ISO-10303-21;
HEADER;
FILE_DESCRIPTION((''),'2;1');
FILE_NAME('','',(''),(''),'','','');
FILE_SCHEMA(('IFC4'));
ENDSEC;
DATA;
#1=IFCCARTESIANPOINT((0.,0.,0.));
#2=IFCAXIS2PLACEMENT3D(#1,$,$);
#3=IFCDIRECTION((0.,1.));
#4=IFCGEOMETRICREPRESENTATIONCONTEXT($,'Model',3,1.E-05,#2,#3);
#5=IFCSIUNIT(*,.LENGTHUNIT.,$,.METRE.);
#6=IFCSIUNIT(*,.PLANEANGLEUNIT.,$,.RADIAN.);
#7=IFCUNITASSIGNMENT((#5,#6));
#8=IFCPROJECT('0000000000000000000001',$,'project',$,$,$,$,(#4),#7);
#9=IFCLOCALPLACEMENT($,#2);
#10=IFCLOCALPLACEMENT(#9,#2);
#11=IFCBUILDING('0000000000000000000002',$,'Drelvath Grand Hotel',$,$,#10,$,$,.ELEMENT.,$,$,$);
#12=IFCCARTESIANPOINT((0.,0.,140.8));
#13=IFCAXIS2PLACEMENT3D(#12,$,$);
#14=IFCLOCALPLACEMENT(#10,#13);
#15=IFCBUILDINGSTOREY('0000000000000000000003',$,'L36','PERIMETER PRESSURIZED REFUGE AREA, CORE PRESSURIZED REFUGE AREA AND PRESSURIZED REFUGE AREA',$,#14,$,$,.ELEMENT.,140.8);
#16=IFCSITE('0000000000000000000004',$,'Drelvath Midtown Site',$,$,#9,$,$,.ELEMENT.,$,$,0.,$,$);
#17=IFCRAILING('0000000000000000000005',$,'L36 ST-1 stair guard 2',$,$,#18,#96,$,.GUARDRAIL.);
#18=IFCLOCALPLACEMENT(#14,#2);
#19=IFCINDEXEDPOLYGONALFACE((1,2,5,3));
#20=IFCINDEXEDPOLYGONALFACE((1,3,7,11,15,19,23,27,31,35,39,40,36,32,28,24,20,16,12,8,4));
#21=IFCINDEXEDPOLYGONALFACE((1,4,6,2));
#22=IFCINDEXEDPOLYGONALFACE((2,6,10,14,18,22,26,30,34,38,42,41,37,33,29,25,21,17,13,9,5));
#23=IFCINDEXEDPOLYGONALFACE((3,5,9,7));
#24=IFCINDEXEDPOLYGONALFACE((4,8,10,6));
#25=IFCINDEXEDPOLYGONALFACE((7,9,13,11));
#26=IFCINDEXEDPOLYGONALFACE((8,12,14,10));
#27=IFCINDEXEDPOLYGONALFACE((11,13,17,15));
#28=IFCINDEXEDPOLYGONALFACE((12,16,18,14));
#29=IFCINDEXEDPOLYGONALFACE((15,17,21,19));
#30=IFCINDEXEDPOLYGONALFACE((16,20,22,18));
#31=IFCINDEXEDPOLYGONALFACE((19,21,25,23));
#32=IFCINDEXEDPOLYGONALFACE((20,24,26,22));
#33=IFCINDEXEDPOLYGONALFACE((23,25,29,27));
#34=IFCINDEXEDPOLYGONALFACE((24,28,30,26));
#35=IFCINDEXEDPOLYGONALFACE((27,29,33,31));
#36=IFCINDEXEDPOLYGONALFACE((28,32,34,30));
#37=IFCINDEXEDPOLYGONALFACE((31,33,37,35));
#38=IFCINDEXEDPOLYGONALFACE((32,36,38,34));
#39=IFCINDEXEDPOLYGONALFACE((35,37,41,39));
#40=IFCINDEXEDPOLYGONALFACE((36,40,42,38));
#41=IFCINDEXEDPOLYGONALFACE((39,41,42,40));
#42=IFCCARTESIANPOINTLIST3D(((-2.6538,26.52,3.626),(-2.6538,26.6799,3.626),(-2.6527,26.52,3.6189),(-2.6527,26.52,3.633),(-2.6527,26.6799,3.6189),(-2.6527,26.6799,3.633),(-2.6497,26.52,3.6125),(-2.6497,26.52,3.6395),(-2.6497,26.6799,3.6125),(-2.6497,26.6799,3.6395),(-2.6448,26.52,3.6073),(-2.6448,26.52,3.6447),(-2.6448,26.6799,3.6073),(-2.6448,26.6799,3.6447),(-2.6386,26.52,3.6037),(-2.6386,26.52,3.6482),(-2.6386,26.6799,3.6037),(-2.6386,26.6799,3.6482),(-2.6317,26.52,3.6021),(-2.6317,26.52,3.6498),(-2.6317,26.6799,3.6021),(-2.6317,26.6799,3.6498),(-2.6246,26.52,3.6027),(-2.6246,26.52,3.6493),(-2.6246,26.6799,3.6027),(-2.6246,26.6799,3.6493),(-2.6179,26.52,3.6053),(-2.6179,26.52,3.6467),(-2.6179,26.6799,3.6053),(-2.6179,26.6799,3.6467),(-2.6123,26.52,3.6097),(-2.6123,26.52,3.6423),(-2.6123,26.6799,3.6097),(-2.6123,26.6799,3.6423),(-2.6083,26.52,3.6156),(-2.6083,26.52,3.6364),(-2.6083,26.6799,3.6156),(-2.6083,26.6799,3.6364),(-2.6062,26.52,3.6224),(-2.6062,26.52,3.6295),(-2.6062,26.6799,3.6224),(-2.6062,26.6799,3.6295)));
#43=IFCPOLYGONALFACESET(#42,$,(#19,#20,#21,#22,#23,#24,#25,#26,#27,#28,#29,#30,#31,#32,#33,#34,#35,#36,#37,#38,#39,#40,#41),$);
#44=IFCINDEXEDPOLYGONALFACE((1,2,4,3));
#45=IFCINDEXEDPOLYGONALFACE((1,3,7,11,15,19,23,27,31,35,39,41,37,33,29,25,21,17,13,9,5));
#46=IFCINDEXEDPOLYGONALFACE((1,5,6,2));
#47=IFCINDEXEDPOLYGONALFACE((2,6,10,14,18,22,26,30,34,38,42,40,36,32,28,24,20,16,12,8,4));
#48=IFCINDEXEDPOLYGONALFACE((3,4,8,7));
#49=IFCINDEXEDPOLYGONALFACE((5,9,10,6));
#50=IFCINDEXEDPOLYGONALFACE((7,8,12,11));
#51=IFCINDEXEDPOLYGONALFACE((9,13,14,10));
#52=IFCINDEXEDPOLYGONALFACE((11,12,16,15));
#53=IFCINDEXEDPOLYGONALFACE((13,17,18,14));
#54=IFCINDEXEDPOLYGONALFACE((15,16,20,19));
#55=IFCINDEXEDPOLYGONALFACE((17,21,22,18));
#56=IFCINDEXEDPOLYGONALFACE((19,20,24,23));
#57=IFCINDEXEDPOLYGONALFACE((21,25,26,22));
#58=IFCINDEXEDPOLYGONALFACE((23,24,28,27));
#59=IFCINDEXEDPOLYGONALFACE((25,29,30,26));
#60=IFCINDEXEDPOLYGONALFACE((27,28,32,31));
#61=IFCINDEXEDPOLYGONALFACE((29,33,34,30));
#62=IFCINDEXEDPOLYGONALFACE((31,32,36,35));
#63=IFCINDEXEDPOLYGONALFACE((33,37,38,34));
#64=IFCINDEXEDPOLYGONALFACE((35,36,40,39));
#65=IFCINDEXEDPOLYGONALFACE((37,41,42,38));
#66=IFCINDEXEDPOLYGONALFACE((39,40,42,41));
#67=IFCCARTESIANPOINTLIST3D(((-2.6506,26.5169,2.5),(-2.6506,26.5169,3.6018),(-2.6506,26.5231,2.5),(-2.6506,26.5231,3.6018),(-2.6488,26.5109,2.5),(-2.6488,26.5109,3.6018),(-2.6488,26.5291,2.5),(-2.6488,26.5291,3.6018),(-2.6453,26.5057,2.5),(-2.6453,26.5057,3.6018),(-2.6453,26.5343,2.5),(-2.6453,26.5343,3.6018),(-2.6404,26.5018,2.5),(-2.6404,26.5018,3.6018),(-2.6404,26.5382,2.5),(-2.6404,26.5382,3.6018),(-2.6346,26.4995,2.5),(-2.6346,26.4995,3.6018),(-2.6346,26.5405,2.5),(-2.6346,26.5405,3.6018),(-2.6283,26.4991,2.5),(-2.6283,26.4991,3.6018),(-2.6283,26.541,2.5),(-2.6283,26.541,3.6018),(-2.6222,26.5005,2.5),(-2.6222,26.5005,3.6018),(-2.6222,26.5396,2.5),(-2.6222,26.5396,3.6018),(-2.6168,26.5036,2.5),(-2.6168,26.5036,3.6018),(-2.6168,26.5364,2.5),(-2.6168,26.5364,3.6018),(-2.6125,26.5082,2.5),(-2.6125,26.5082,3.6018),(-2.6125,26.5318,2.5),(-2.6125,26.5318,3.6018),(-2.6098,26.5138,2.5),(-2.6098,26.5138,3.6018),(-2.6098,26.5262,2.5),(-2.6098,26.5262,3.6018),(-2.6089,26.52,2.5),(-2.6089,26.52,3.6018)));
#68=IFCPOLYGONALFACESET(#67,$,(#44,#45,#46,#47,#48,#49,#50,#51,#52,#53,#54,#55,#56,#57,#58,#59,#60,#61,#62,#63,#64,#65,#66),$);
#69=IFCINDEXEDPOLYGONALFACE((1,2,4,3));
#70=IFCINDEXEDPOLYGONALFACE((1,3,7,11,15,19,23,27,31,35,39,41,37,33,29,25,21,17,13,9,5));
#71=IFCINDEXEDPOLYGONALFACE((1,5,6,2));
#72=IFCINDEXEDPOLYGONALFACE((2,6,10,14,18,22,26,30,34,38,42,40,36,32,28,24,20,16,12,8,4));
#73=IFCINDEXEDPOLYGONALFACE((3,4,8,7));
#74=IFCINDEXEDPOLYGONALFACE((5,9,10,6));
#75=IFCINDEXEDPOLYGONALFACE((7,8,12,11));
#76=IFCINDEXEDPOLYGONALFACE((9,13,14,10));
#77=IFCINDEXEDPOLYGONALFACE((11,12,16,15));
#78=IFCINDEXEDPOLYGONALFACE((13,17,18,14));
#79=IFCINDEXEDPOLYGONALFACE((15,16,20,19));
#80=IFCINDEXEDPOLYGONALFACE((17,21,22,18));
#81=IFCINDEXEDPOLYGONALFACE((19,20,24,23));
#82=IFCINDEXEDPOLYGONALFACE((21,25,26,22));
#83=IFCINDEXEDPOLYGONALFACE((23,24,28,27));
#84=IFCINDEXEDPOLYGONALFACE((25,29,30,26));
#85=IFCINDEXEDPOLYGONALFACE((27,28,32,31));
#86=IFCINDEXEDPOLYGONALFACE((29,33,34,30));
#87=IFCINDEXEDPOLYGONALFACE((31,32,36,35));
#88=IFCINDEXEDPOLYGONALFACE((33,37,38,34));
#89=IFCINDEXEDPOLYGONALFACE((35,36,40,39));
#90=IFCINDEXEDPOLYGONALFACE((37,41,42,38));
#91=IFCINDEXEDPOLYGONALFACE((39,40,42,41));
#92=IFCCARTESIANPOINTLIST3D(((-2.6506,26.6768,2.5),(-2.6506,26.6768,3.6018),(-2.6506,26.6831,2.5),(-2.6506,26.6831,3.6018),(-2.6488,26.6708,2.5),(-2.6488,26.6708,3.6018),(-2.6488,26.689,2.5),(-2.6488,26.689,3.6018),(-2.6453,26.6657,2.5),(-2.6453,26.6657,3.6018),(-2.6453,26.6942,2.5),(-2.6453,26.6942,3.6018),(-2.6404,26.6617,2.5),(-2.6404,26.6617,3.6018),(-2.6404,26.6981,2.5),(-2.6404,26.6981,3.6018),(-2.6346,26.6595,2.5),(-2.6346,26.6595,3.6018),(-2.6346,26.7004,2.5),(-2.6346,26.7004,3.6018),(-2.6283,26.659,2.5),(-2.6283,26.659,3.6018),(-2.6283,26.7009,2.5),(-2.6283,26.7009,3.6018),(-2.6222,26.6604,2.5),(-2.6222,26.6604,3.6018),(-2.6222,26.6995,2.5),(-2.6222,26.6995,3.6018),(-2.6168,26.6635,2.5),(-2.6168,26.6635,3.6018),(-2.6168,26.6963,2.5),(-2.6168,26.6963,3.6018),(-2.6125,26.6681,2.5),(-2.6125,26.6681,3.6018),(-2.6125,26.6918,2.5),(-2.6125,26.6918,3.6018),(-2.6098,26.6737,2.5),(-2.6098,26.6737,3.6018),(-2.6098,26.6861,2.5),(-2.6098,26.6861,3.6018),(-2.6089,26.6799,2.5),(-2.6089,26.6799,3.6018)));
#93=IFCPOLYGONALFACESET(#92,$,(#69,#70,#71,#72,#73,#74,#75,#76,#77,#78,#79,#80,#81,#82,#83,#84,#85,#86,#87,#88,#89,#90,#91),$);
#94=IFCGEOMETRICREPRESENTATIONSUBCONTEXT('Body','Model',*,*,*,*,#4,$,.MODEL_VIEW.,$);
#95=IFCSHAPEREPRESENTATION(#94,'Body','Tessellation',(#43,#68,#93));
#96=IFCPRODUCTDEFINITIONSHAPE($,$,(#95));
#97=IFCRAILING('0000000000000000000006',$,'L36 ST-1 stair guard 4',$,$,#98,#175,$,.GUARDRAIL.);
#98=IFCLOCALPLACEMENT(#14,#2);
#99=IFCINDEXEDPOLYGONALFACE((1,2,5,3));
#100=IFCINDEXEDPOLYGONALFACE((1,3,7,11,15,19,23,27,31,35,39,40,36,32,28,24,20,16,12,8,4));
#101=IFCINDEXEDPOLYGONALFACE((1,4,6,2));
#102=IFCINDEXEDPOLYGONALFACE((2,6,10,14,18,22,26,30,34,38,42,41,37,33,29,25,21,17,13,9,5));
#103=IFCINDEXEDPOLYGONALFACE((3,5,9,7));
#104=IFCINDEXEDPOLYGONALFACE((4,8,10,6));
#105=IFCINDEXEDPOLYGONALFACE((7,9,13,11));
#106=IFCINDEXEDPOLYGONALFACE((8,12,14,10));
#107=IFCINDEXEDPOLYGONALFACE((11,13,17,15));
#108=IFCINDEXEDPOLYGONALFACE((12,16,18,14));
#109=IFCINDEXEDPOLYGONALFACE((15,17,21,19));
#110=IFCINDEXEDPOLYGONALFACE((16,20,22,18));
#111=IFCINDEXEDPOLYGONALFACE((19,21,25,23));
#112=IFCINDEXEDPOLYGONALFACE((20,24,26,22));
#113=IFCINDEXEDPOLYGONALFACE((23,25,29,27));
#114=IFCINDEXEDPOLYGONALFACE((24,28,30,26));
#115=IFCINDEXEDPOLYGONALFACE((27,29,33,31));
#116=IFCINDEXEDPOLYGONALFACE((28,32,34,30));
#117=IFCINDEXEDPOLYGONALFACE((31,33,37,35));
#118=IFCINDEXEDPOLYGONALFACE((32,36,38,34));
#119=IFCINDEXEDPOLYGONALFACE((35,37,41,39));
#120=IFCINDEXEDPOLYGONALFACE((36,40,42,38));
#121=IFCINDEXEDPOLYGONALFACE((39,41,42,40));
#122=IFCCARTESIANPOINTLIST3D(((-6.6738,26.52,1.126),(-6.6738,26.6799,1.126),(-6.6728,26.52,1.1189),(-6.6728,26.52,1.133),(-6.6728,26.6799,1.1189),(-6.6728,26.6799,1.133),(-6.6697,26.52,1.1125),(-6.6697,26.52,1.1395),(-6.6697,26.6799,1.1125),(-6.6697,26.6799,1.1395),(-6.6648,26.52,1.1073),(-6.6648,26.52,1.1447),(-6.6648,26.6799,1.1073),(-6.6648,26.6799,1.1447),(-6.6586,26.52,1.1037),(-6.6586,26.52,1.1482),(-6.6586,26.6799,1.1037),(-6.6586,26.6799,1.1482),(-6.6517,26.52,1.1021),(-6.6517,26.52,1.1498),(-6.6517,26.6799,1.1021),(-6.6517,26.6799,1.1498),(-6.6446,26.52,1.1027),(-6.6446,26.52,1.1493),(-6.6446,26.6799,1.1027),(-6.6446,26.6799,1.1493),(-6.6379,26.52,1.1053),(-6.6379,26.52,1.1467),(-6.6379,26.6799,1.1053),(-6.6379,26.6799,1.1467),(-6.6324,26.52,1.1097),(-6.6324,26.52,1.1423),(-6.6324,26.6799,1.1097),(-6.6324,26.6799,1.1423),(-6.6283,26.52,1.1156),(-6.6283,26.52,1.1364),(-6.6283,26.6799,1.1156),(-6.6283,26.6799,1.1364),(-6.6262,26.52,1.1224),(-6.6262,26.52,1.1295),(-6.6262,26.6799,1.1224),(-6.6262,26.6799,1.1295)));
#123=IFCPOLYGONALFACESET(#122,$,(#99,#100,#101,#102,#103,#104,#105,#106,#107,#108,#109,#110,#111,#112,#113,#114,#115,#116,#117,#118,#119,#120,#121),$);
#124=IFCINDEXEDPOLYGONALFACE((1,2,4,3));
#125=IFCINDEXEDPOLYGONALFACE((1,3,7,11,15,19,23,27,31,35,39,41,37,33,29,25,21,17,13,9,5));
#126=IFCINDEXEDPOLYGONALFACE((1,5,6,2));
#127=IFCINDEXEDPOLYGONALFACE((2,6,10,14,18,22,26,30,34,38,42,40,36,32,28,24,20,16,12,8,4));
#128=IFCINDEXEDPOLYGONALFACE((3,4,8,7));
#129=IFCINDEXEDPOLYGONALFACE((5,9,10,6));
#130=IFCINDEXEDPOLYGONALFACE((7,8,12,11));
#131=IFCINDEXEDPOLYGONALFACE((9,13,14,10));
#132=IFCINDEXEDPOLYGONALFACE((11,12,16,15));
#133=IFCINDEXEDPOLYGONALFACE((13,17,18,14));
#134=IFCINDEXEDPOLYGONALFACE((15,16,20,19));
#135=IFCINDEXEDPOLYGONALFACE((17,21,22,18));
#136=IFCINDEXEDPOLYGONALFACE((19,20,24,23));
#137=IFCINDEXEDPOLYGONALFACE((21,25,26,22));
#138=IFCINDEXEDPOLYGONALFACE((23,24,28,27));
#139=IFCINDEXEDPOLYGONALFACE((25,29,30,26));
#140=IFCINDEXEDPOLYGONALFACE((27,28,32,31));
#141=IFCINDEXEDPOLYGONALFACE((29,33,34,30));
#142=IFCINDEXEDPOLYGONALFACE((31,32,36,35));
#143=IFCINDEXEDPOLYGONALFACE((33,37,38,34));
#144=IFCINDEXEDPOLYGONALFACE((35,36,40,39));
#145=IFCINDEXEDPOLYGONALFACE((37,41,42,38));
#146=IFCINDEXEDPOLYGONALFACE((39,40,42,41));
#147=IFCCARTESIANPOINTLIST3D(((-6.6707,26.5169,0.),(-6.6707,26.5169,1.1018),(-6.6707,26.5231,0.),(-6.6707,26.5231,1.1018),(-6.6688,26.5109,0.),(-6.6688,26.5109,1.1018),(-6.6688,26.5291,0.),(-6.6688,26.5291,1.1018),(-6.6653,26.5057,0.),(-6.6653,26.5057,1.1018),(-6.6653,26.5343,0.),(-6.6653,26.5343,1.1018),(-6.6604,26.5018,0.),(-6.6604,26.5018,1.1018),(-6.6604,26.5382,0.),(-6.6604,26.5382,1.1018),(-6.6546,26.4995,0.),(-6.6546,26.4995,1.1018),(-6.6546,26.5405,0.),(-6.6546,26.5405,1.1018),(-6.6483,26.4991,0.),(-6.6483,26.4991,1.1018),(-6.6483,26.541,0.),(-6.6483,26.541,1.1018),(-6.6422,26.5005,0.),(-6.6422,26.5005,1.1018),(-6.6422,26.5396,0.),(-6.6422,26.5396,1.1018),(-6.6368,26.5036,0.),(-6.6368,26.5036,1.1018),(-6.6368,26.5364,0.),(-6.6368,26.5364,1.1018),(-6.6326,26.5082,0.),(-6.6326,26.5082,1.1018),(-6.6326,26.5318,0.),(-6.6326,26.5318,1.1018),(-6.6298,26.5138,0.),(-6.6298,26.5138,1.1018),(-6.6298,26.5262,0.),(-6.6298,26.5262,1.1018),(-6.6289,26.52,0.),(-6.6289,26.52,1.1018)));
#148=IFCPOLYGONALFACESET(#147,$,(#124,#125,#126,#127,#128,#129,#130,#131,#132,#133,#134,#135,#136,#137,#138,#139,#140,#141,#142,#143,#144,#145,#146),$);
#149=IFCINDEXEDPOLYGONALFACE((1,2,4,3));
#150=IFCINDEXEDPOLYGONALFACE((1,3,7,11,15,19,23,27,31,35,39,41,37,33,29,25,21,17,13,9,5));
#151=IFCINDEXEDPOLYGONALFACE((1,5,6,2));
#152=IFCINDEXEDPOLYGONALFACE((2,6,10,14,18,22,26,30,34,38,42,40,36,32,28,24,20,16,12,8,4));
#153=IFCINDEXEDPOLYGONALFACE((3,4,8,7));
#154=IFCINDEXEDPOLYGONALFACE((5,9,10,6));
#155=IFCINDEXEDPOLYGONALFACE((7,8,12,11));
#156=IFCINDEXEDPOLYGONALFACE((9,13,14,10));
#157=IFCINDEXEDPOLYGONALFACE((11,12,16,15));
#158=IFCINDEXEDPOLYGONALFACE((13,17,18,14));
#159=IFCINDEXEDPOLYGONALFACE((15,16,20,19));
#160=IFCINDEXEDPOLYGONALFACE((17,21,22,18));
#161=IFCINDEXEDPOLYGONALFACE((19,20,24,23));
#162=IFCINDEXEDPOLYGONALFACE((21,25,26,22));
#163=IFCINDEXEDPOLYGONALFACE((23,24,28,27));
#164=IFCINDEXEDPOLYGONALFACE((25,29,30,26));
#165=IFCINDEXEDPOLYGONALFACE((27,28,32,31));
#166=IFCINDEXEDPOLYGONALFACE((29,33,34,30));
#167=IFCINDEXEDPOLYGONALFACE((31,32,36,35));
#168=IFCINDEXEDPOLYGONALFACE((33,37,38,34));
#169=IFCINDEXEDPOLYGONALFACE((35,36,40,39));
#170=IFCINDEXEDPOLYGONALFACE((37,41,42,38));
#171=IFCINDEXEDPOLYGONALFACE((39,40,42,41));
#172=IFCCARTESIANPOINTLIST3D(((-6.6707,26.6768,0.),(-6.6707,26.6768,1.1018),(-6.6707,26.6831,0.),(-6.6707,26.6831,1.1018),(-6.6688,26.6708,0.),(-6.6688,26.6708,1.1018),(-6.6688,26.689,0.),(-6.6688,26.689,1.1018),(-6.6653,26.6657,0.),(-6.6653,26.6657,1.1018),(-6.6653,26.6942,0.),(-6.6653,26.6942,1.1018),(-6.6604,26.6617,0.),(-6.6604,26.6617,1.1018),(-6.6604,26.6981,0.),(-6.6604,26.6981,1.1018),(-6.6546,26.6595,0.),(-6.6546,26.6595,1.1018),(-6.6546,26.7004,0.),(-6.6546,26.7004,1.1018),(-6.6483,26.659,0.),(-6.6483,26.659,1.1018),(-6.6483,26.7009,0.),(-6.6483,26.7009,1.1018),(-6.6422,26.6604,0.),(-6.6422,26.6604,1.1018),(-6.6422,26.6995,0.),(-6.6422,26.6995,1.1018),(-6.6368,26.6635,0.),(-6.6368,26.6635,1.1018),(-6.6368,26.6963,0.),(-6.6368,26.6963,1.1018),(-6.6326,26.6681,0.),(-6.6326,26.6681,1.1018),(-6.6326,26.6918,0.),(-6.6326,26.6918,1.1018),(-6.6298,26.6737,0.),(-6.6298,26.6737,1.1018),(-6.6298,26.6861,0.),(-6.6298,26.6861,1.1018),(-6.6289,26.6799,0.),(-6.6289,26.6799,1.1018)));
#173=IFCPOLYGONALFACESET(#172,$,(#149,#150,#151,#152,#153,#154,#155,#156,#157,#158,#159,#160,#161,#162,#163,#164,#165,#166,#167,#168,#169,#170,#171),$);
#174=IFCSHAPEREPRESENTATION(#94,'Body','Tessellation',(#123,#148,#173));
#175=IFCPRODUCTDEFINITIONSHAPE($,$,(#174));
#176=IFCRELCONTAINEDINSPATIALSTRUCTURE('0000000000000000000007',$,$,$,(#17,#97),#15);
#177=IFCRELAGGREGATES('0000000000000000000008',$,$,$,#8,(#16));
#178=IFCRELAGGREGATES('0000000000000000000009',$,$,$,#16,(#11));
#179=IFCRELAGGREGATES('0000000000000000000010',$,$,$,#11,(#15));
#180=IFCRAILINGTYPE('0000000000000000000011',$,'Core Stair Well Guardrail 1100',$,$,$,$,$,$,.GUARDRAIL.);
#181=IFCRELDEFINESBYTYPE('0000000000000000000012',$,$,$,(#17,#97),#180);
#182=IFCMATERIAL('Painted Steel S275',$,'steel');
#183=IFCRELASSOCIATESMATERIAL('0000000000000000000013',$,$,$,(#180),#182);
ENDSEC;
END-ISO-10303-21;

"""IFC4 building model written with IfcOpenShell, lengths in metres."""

from ifc_helpers import new_model, si_unit, direction, frame, origin, origin_2d, place, context, subcontext, project, spatial, circle, extrude, material, type_object, element, save


model = new_model("IFC4")

# Units and contexts
model_context = context("Model", 3, precision=1e-05, world=origin(), true_north=direction((0.0, 1.0)))
body_context = subcontext(model_context, "Body", "Model", "MODEL_VIEW")
ifc_project = project(units=[si_unit("LENGTHUNIT", "METRE"), si_unit("PLANEANGLEUNIT", "RADIAN")], contexts=[model_context])

# Site, building, storey
site_placement = place(None, origin())
site = spatial("IfcSite", under=ifc_project, at=site_placement, Name="Drelvath Midtown Site", CompositionType="ELEMENT", RefElevation=0.0)
building_placement = place(site_placement, origin())
building = spatial("IfcBuilding", under=site, at=building_placement, Name="Drelvath Grand Hotel", CompositionType="ELEMENT")
storey_placement = place(building_placement, frame((0.0, 0.0, 140.8)))
storey = spatial("IfcBuildingStorey", under=building, at=storey_placement, Name="L36", Description="PERIMETER PRESSURIZED REFUGE AREA, CORE PRESSURIZED REFUGE AREA AND PRESSURIZED REFUGE AREA", CompositionType="ELEMENT", Elevation=140.8)

# Shared definitions
ifc_material_1 = material(Name="Painted Steel S275", Category="steel")

# Railings
railing_type_1 = type_object("IfcRailingType", Name="Core Stair Well Guardrail 1100", PredefinedType="GUARDRAIL", material=ifc_material_1)
for number, where, name in (
    (1, (-2.6299, 26.52, 2.5), "L36 ST-1 stair guard 2"),
    (2, (-6.6499, 26.52, 0.0), "L36 ST-1 stair guard 4"),
):
    element("IfcRailing", number, at=place(storey_placement, frame(where)), inside=storey, type_object=railing_type_1, Name=name, PredefinedType="GUARDRAIL", context=body_context, shape_type="SweptSolid", body=[
        extrude(circle(Radius=0.0239, at=origin_2d()), frame((0.0, 0.0, 1.126), z_axis=(0.0, 1.0, 0.0), x_axis=(-1.0, 0.0, 0.0)), (0.0, 0.0, 1.0), 0.1599),
        extrude(circle(Radius=0.021, at=origin_2d()), origin(), (0.0, 0.0, 1.0), 1.1018),
        extrude(circle(Radius=0.021, at=origin_2d()), frame((0.0, 0.1599, 0.0)), (0.0, 0.0, 1.0), 1.1018),
    ])

save(model, "model.ifc")
